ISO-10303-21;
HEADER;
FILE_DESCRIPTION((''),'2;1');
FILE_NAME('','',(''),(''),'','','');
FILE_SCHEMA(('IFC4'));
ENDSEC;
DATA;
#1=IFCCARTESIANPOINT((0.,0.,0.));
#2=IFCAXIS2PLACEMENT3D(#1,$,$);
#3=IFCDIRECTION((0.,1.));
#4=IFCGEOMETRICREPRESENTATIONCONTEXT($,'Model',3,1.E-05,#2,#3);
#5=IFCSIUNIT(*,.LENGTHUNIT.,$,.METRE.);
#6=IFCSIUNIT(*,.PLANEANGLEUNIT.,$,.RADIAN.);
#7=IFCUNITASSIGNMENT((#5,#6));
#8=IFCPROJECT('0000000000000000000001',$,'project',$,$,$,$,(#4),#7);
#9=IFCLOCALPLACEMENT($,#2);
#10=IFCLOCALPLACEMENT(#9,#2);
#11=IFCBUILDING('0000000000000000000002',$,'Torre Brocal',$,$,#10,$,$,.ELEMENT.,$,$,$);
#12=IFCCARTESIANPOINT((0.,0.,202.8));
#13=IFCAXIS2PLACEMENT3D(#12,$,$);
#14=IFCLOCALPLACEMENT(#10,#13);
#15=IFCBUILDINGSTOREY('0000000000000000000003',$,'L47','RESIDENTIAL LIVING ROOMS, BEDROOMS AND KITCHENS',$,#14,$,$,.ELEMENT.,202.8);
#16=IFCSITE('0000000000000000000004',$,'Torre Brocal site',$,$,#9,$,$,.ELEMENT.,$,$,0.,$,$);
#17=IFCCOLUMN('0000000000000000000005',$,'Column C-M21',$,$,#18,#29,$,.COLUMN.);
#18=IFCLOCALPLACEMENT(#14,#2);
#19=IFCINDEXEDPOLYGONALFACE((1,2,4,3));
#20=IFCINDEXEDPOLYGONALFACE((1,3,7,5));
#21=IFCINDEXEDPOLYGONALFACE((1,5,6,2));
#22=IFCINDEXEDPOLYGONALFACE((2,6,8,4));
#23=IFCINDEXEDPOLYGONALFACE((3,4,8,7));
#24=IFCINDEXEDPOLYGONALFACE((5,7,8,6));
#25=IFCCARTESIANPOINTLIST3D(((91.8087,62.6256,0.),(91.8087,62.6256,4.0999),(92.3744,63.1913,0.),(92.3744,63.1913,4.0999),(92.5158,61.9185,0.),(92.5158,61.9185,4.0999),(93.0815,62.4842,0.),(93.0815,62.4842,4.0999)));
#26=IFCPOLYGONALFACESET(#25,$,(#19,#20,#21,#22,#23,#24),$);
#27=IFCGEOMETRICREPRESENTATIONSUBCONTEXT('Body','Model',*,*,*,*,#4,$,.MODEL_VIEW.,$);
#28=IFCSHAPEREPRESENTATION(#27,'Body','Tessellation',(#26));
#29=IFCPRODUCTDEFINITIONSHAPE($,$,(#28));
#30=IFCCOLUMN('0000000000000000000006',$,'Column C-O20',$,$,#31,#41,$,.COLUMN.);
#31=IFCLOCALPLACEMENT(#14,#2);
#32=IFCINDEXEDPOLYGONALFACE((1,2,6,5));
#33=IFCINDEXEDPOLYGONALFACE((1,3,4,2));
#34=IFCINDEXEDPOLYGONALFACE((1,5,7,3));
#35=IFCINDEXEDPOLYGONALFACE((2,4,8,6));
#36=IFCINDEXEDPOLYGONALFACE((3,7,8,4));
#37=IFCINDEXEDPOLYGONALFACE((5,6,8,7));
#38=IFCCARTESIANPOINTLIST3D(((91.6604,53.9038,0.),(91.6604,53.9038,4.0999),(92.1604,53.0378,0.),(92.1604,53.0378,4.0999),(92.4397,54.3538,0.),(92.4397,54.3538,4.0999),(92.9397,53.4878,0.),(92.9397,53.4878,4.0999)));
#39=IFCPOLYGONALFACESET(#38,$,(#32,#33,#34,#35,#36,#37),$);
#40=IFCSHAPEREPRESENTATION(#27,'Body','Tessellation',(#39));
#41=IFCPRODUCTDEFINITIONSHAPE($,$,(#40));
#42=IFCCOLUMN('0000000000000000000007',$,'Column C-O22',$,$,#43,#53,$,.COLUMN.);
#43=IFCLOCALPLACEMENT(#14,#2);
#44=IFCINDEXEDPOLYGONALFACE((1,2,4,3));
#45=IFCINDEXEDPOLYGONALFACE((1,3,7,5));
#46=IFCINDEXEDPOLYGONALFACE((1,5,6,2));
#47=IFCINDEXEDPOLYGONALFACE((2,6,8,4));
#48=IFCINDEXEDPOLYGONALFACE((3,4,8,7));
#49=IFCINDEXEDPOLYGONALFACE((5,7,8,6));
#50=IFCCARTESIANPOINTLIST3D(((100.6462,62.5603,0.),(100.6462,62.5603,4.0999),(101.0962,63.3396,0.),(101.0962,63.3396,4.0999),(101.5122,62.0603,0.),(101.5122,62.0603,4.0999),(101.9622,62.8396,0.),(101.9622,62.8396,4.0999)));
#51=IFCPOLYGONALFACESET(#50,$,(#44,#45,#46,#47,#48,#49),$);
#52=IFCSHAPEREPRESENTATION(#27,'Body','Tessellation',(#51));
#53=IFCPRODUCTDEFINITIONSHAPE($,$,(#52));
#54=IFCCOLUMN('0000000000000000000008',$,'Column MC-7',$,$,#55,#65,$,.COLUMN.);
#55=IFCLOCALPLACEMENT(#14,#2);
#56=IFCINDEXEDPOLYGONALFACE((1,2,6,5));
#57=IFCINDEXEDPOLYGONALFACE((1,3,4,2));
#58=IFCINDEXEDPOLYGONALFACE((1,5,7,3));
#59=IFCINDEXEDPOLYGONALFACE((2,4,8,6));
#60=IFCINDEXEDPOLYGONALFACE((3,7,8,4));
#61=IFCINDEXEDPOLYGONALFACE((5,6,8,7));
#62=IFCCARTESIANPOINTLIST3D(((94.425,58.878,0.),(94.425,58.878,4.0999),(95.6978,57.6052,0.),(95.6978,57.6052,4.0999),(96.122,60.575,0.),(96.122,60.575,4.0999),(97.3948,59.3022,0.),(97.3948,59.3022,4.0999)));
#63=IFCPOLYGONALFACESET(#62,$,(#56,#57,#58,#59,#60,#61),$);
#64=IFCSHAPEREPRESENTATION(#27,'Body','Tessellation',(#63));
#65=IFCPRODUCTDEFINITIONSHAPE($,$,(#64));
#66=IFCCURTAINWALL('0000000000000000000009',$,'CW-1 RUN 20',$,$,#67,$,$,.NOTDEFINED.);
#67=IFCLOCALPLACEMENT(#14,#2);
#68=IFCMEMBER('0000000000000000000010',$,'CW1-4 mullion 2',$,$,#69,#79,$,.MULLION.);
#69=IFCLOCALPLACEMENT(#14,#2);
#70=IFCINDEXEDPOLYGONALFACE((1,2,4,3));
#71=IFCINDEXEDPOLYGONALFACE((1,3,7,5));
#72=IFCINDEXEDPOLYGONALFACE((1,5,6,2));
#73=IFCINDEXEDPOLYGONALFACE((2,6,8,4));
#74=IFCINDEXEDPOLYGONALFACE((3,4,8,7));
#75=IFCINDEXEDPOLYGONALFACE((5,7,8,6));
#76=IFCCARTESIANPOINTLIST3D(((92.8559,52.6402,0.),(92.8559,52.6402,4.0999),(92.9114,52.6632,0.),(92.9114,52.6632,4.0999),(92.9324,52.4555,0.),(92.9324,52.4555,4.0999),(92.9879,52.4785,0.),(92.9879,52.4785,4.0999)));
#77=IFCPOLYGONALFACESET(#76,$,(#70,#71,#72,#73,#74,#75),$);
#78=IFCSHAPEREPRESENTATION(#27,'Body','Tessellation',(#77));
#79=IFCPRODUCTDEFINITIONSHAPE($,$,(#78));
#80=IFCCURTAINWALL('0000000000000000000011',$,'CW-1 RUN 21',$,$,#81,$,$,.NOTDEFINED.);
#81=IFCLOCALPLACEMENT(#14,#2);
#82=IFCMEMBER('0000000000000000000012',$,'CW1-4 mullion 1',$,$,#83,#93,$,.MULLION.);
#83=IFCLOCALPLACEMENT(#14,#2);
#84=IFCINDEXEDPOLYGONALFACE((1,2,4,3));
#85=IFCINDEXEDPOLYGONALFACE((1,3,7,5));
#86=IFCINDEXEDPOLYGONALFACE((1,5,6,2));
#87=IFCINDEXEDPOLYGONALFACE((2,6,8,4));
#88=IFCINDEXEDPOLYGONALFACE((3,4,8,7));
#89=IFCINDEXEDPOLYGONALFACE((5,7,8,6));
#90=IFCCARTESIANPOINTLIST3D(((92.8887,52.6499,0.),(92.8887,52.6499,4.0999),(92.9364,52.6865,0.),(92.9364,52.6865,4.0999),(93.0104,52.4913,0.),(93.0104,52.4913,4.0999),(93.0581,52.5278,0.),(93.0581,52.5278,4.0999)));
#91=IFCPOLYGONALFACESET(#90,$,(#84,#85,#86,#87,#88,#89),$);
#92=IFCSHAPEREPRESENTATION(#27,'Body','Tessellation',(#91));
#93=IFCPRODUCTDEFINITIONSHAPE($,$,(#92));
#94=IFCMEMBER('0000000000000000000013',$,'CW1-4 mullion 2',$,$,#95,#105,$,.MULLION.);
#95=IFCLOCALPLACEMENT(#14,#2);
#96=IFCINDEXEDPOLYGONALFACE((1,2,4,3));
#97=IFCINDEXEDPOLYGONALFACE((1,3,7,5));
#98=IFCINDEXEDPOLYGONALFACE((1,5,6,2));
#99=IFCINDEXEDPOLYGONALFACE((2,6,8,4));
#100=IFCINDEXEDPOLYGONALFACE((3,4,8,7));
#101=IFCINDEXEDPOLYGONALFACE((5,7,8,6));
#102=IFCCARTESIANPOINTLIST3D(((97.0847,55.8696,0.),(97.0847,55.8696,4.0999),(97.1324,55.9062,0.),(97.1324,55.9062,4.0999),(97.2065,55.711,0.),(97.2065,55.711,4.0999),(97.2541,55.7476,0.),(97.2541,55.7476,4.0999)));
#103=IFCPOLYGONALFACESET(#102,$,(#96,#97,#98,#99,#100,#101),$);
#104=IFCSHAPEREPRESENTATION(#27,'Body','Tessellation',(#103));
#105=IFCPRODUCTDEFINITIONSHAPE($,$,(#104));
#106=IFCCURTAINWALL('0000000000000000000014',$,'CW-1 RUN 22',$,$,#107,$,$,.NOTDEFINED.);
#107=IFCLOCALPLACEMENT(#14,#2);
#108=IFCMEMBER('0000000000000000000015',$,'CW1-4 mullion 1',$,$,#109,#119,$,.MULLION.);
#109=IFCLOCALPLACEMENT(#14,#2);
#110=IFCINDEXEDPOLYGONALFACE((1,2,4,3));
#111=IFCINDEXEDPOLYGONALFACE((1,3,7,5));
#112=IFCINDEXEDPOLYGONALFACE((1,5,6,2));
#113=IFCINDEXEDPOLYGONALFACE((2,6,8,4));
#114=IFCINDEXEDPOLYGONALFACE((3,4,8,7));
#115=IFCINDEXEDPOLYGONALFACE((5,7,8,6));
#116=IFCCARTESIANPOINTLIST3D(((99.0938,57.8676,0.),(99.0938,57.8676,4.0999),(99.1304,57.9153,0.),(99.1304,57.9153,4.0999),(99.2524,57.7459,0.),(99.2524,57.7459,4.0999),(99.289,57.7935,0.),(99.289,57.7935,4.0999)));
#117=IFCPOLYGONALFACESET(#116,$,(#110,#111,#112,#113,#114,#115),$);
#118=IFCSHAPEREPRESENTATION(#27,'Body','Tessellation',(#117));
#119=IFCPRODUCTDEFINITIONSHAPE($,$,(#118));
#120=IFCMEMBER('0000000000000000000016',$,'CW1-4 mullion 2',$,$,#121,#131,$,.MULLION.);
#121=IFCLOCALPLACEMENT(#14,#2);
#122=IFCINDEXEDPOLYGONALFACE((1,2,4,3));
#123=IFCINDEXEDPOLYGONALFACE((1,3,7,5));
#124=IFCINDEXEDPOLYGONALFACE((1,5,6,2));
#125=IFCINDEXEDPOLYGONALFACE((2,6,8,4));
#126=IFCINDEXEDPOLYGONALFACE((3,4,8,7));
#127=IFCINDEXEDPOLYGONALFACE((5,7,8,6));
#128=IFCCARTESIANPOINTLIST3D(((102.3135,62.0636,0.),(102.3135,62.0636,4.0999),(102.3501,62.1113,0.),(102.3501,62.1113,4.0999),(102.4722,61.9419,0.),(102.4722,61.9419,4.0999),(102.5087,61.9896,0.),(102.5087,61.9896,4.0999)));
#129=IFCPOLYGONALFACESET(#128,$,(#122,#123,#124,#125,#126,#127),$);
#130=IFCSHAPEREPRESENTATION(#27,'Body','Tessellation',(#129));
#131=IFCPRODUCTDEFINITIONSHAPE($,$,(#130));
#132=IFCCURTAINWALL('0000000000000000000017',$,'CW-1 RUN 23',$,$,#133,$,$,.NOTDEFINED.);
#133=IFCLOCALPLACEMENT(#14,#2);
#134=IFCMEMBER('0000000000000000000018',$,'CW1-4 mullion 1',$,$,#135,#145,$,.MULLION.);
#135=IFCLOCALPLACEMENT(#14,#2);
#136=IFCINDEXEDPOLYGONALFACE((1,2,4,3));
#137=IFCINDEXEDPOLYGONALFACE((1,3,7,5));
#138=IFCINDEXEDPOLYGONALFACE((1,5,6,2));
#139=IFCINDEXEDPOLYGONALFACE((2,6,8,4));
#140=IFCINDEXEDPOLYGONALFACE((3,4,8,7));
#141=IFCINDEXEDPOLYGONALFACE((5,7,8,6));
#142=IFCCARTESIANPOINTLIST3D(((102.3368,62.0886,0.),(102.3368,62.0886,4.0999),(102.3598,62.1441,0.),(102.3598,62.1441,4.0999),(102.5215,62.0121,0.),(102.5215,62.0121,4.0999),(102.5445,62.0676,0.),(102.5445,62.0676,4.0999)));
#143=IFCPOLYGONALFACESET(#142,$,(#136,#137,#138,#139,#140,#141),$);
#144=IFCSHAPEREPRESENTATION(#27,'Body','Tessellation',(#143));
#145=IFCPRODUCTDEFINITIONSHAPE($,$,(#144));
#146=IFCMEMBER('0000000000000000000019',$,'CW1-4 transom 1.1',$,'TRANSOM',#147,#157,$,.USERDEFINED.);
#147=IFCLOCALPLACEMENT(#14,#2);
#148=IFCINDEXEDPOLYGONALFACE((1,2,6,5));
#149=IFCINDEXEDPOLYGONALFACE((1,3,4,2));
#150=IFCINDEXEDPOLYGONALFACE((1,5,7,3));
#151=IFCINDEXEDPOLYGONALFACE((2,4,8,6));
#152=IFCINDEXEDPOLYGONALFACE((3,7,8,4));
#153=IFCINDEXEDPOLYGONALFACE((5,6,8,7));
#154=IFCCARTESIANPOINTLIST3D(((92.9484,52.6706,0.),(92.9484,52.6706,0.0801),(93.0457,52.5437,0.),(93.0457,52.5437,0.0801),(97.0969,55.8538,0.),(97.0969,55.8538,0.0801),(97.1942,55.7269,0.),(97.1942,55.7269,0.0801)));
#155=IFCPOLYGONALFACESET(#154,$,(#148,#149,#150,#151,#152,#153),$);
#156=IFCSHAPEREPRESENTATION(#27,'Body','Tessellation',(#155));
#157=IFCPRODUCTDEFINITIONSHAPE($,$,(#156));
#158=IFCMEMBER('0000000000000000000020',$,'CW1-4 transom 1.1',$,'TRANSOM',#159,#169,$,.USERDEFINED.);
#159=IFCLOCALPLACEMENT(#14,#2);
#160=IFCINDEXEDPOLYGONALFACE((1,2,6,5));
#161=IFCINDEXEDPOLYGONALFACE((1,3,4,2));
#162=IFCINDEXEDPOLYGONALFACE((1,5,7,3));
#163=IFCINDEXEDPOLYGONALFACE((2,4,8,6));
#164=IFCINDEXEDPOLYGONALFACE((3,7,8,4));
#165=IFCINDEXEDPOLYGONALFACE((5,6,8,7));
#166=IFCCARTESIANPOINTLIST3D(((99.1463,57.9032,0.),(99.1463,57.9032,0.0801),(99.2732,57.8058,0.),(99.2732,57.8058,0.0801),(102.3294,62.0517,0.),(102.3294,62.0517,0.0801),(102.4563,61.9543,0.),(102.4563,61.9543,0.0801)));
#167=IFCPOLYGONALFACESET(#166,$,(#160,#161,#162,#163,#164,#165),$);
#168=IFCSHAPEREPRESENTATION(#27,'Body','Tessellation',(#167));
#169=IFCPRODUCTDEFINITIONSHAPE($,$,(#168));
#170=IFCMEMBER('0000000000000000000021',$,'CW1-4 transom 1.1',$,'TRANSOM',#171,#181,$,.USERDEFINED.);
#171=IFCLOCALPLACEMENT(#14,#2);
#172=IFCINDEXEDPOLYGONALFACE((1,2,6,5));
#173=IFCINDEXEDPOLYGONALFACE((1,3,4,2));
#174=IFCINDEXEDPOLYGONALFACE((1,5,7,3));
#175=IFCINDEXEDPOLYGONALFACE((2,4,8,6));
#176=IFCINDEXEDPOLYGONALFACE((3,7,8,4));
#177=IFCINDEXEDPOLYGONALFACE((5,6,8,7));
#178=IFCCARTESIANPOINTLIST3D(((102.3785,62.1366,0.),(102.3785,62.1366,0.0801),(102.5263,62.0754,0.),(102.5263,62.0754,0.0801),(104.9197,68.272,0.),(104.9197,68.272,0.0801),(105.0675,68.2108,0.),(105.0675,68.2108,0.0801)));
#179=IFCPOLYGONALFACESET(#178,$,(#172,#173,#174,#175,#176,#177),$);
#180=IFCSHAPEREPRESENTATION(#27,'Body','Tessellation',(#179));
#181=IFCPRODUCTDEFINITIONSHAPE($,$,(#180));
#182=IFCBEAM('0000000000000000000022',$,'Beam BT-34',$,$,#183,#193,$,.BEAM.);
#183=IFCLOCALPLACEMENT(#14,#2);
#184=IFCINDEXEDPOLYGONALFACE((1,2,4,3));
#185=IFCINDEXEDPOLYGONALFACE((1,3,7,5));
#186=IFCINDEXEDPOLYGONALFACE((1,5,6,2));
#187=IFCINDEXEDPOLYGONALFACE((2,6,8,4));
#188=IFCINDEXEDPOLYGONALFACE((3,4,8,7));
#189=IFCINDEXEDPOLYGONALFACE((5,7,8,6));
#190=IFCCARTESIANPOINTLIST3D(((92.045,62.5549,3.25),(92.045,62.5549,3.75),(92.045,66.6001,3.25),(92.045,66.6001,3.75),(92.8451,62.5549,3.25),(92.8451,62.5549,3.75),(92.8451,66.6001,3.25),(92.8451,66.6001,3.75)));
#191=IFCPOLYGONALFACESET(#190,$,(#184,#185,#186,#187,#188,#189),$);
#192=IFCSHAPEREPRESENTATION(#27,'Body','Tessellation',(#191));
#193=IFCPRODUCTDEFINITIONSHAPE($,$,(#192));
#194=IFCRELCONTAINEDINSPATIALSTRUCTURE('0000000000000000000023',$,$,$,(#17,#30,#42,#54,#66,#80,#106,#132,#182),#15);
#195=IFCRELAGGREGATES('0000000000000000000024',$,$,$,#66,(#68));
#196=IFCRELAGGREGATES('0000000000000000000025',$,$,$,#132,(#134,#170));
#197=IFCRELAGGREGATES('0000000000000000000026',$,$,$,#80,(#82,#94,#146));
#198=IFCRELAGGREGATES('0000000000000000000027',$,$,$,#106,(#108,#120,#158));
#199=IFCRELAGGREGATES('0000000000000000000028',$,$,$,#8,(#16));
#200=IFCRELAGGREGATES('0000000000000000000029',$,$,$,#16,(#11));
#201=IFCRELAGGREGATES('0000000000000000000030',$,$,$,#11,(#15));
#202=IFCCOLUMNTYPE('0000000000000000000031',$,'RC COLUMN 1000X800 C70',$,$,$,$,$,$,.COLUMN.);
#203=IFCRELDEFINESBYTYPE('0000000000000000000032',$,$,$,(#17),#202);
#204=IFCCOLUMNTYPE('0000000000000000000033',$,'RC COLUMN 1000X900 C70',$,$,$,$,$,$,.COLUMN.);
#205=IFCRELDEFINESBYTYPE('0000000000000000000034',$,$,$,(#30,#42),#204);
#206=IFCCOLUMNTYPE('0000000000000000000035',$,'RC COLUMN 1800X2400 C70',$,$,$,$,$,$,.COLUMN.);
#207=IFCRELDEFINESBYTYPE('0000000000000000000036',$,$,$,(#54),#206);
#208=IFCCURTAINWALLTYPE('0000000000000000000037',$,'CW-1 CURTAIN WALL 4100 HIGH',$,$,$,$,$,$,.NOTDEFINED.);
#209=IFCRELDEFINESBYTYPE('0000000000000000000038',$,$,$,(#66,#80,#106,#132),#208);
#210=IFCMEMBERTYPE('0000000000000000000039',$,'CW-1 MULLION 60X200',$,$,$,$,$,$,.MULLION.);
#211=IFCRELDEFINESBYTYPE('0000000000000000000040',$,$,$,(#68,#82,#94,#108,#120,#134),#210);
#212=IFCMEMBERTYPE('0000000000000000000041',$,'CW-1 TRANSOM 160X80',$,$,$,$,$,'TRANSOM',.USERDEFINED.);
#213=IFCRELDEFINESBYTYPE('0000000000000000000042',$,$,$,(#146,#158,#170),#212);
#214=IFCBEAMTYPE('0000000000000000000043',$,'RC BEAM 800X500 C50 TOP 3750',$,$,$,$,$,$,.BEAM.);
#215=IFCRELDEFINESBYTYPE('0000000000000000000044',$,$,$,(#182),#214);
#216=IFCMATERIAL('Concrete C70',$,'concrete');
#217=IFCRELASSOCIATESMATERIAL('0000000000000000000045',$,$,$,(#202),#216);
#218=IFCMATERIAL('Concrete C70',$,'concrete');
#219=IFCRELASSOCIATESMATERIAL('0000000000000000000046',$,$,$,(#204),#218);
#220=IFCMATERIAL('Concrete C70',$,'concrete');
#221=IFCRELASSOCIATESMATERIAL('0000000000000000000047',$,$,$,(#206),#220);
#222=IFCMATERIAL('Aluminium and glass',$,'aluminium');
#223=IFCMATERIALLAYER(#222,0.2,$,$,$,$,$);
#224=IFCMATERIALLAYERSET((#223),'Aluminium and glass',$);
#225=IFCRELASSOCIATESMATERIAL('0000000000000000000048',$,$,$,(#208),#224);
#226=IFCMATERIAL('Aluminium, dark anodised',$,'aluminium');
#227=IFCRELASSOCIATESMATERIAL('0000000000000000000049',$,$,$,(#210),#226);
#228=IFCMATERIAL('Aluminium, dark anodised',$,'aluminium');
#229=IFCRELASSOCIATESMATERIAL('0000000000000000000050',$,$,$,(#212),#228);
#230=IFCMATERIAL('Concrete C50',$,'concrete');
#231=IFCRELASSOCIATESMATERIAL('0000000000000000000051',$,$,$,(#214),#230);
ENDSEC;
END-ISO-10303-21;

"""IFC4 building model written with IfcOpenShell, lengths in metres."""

from ifc_helpers import new_model, si_unit, direction, frame, origin, origin_2d, place, context, subcontext, project, spatial, rectangle, extrude, material, layer, layer_set, material_profile, profile_set, type_object, element, aggregate, save


model = new_model("IFC4")

# Units and contexts
model_context = context("Model", 3, precision=1e-05, world=origin(), true_north=direction((0.0, 1.0)))
body_context = subcontext(model_context, "Body", "Model", "MODEL_VIEW")
ifc_project = project(units=[si_unit("LENGTHUNIT", "METRE"), si_unit("PLANEANGLEUNIT", "RADIAN")], contexts=[model_context])

# Site, building, storey
site_placement = place(None, origin())
site = spatial("IfcSite", under=ifc_project, at=site_placement, Name="Torre Brocal site", CompositionType="ELEMENT", RefElevation=0.0)
building_placement = place(site_placement, origin())
building = spatial("IfcBuilding", under=site, at=building_placement, Name="Torre Brocal", CompositionType="ELEMENT")
storey_placement = place(building_placement, frame((0.0, 0.0, 202.8)))
storey = spatial("IfcBuildingStorey", under=building, at=storey_placement, Name="L47", Description="RESIDENTIAL LIVING ROOMS, BEDROOMS AND KITCHENS", CompositionType="ELEMENT", Elevation=202.8)

# Columns
ifc_material_1 = material(Name="Concrete C70", Category="concrete")
ifc_material_profile_1 = material_profile(ifc_material_1, rectangle(XDim=1.0, YDim=0.8, at=origin_2d()), Name="RC 1000X800")
ifc_profile_set_1 = profile_set([ifc_material_profile_1], Name="Concrete C70")
column_type_1 = type_object("IfcColumnType", Name="RC COLUMN 1000X800 C70", PredefinedType="COLUMN", material=ifc_profile_set_1)
column_1_placement = place(storey_placement, frame((92.4451, 62.5549, 0.0), z_axis=(0.0, 0.0, 1.0), x_axis=(0.707107, -0.707107, 0.0)))
element("IfcColumn", 1, at=column_1_placement, inside=storey, type_object=column_type_1, Name="Column C-M21", PredefinedType="COLUMN", context=body_context, shape_type="SweptSolid", body=[
    extrude(rectangle(XDim=1.0, YDim=0.8, at=origin_2d()), origin(), (0.0, 0.0, 1.0), 4.0999),
])
ifc_material_2 = material(Name="Concrete C70", Category="concrete")
ifc_material_profile_2 = material_profile(ifc_material_2, rectangle(XDim=1.0, YDim=0.8999, at=origin_2d()), Name="RC 1000X900")
ifc_profile_set_2 = profile_set([ifc_material_profile_2], Name="Concrete C70")
column_type_2 = type_object("IfcColumnType", Name="RC COLUMN 1000X900 C70", PredefinedType="COLUMN", material=ifc_profile_set_2)
for number, where, z_axis, x_axis, name in (
    (2, (92.3, 53.6958, 0.0), (0.0, 0.0, 1.0), (0.5, -0.866025, 0.0), "Column C-O20"),
    (3, (101.3042, 62.7, 0.0), (0.0, 0.0, 1.0), (0.866025, -0.5, 0.0), "Column C-O22"),
):
    element("IfcColumn", number, at=place(storey_placement, frame(where, z_axis=z_axis, x_axis=x_axis)), inside=storey, type_object=column_type_2, Name=name, PredefinedType="COLUMN", context=body_context, shape_type="SweptSolid", body=[
        extrude(rectangle(XDim=1.0, YDim=0.8999, at=origin_2d()), origin(), (0.0, 0.0, 1.0), 4.0999),
    ])
ifc_material_3 = material(Name="Concrete C70", Category="concrete")
ifc_material_profile_3 = material_profile(ifc_material_3, rectangle(XDim=1.8, YDim=2.3999, at=origin_2d()), Name="RC 1800X2400")
ifc_profile_set_3 = profile_set([ifc_material_profile_3], Name="Concrete C70")
column_type_3 = type_object("IfcColumnType", Name="RC COLUMN 1800X2400 C70", PredefinedType="COLUMN", material=ifc_profile_set_3)
column_2_placement = place(storey_placement, frame((95.9099, 59.0901, 0.0), z_axis=(0.0, 0.0, 1.0), x_axis=(0.707107, -0.707107, 0.0)))
element("IfcColumn", 4, at=column_2_placement, inside=storey, type_object=column_type_3, Name="Column MC-7", PredefinedType="COLUMN", context=body_context, shape_type="SweptSolid", body=[
    extrude(rectangle(XDim=1.8, YDim=2.3999, at=origin_2d()), origin(), (0.0, 0.0, 1.0), 4.0999),
])

# Curtain wall, member
ifc_material_4 = material(Name="Aluminium and glass", Category="aluminium")
ifc_layer_1 = layer(ifc_material_4, 0.2)
ifc_layer_set_1 = layer_set([ifc_layer_1], Name="Aluminium and glass")
curtain_wall_type = type_object("IfcCurtainWallType", Name="CW-1 CURTAIN WALL 4100 HIGH", PredefinedType="NOTDEFINED", material=ifc_layer_set_1)
curtain_wall_1_placement = place(storey_placement, origin())
curtain_wall_1 = element("IfcCurtainWall", 5, at=curtain_wall_1_placement, inside=storey, type_object=curtain_wall_type, Name="CW-1 RUN 20", PredefinedType="NOTDEFINED")
ifc_material_5 = material(Name="Aluminium, dark anodised", Category="aluminium")
ifc_material_profile_4 = material_profile(ifc_material_5, rectangle(XDim=0.2, YDim=0.0601, at=origin_2d()), Name="CW-1 MULLION 60X200")
ifc_profile_set_4 = profile_set([ifc_material_profile_4], Name="Aluminium, dark anodised")
member_type_1 = type_object("IfcMemberType", Name="CW-1 MULLION 60X200", PredefinedType="MULLION", material=ifc_profile_set_4)
member_1_placement = place(storey_placement, frame((92.9219, 52.5593, 0.0), z_axis=(0.0, 0.0, 1.0), x_axis=(-0.382683, 0.92388, 0.0)))
member_1 = element("IfcMember", 6, at=member_1_placement, type_object=member_type_1, Name="CW1-4 mullion 2", PredefinedType="MULLION", context=body_context, shape_type="SweptSolid", body=[
    extrude(rectangle(XDim=0.2, YDim=0.0601, at=origin_2d()), origin(), (0.0, 0.0, 1.0), 4.0999),
])
aggregate(curtain_wall_1, [member_1])

# Curtain walls, members
curtain_wall_2_placement = place(storey_placement, origin())
curtain_wall_2 = element("IfcCurtainWall", 7, at=curtain_wall_2_placement, inside=storey, type_object=curtain_wall_type, Name="CW-1 RUN 21", PredefinedType="NOTDEFINED")
member_2_placement = place(storey_placement, frame((92.9734, 52.5889, 0.0), z_axis=(0.0, 0.0, 1.0), x_axis=(-0.608761, 0.793353, 0.0)))
member_2 = element("IfcMember", 8, at=member_2_placement, type_object=member_type_1, Name="CW1-4 mullion 1", PredefinedType="MULLION", context=body_context, shape_type="SweptSolid", body=[
    extrude(rectangle(XDim=0.2, YDim=0.0601, at=origin_2d()), origin(), (0.0, 0.0, 1.0), 4.0999),
])
member_3_placement = place(storey_placement, frame((97.1694, 55.8086, 0.0), z_axis=(0.0, 0.0, 1.0), x_axis=(-0.608761, 0.793353, 0.0)))
member_3 = element("IfcMember", 9, at=member_3_placement, type_object=member_type_1, Name="CW1-4 mullion 2", PredefinedType="MULLION", context=body_context, shape_type="SweptSolid", body=[
    extrude(rectangle(XDim=0.2, YDim=0.0601, at=origin_2d()), origin(), (0.0, 0.0, 1.0), 4.0999),
])
curtain_wall_3_placement = place(storey_placement, origin())
curtain_wall_3 = element("IfcCurtainWall", 10, at=curtain_wall_3_placement, inside=storey, type_object=curtain_wall_type, Name="CW-1 RUN 22", PredefinedType="NOTDEFINED")
member_4_placement = place(storey_placement, frame((99.1914, 57.8306, 0.0), z_axis=(0.0, 0.0, 1.0), x_axis=(-0.793353, 0.608761, 0.0)))
member_4 = element("IfcMember", 11, at=member_4_placement, type_object=member_type_1, Name="CW1-4 mullion 1", PredefinedType="MULLION", context=body_context, shape_type="SweptSolid", body=[
    extrude(rectangle(XDim=0.2, YDim=0.0601, at=origin_2d()), origin(), (0.0, 0.0, 1.0), 4.0999),
])
member_5_placement = place(storey_placement, frame((102.4111, 62.0266, 0.0), z_axis=(0.0, 0.0, 1.0), x_axis=(-0.793353, 0.608761, 0.0)))
member_5 = element("IfcMember", 12, at=member_5_placement, type_object=member_type_1, Name="CW1-4 mullion 2", PredefinedType="MULLION", context=body_context, shape_type="SweptSolid", body=[
    extrude(rectangle(XDim=0.2, YDim=0.0601, at=origin_2d()), origin(), (0.0, 0.0, 1.0), 4.0999),
])

# Curtain wall, member
curtain_wall_4_placement = place(storey_placement, origin())
curtain_wall_4 = element("IfcCurtainWall", 13, at=curtain_wall_4_placement, inside=storey, type_object=curtain_wall_type, Name="CW-1 RUN 23", PredefinedType="NOTDEFINED")
member_6_placement = place(storey_placement, frame((102.4407, 62.0781, 0.0), z_axis=(0.0, 0.0, 1.0), x_axis=(-0.92388, 0.382683, 0.0)))
member_6 = element("IfcMember", 14, at=member_6_placement, type_object=member_type_1, Name="CW1-4 mullion 1", PredefinedType="MULLION", context=body_context, shape_type="SweptSolid", body=[
    extrude(rectangle(XDim=0.2, YDim=0.0601, at=origin_2d()), origin(), (0.0, 0.0, 1.0), 4.0999),
])

# Members
ifc_material_6 = material(Name="Aluminium, dark anodised", Category="aluminium")
ifc_material_profile_5 = material_profile(ifc_material_6, rectangle(XDim=0.1599, YDim=0.0801, at=origin_2d()), Name="CW-1 TRANSOM 160X80")
ifc_profile_set_5 = profile_set([ifc_material_profile_5], Name="Aluminium, dark anodised")
member_type_2 = type_object("IfcMemberType", Name="CW-1 TRANSOM 160X80", ElementType="TRANSOM", PredefinedType="USERDEFINED", material=ifc_profile_set_5)
member_7_placement = place(storey_placement, frame((92.9971, 52.6072, 0.04), z_axis=(0.793363, 0.608749, 0.0), x_axis=(-0.608749, 0.793363, 0.0)))
member_7 = element("IfcMember", 15, at=member_7_placement, type_object=member_type_2, Name="CW1-4 transom 1.1", ObjectType="TRANSOM", PredefinedType="USERDEFINED", context=body_context, shape_type="SweptSolid", body=[
    extrude(rectangle(XDim=0.1599, YDim=0.0801, at=origin_2d()), origin(), (0.0, 0.0, 1.0), 5.229),
])
member_8_placement = place(storey_placement, frame((99.2097, 57.8545, 0.04), z_axis=(0.608749, 0.793363, 0.0), x_axis=(-0.793363, 0.608749, 0.0)))
member_8 = element("IfcMember", 16, at=member_8_placement, type_object=member_type_2, Name="CW1-4 transom 1.1", ObjectType="TRANSOM", PredefinedType="USERDEFINED", context=body_context, shape_type="SweptSolid", body=[
    extrude(rectangle(XDim=0.1599, YDim=0.0801, at=origin_2d()), origin(), (0.0, 0.0, 1.0), 5.229),
])
member_9_placement = place(storey_placement, frame((102.4524, 62.106, 0.04), z_axis=(0.382665, 0.923887, 0.0), x_axis=(-0.923887, 0.382665, 0.0)))
member_9 = element("IfcMember", 17, at=member_9_placement, type_object=member_type_2, Name="CW1-4 transom 1.1", ObjectType="TRANSOM", PredefinedType="USERDEFINED", context=body_context, shape_type="SweptSolid", body=[
    extrude(rectangle(XDim=0.1599, YDim=0.0801, at=origin_2d()), origin(), (0.0, 0.0, 1.0), 6.6409),
])
aggregate(curtain_wall_4, [member_6, member_9])

# Beam
ifc_material_7 = material(Name="Concrete C50", Category="concrete")
ifc_material_profile_6 = material_profile(ifc_material_7, rectangle(XDim=0.8, YDim=0.5, at=origin_2d()), Name="RC 800X500")
ifc_profile_set_6 = profile_set([ifc_material_profile_6], Name="Concrete C50")
beam_type_1 = type_object("IfcBeamType", Name="RC BEAM 800X500 C50 TOP 3750", PredefinedType="BEAM", material=ifc_profile_set_6)
beam_placement = place(storey_placement, frame((92.4451, 62.5549, 3.5), z_axis=(0.0, 1.0, 0.0), x_axis=(-1.0, 0.0, 0.0)))
element("IfcBeam", 18, at=beam_placement, inside=storey, type_object=beam_type_1, Name="Beam BT-34", PredefinedType="BEAM", context=body_context, shape_type="SweptSolid", body=[
    extrude(rectangle(XDim=0.8, YDim=0.5, at=origin_2d()), origin(), (0.0, 0.0, 1.0), 4.0452),
])

aggregate(curtain_wall_2, [member_2, member_3, member_7])
aggregate(curtain_wall_3, [member_4, member_5, member_8])

save(model, "model.ifc")
